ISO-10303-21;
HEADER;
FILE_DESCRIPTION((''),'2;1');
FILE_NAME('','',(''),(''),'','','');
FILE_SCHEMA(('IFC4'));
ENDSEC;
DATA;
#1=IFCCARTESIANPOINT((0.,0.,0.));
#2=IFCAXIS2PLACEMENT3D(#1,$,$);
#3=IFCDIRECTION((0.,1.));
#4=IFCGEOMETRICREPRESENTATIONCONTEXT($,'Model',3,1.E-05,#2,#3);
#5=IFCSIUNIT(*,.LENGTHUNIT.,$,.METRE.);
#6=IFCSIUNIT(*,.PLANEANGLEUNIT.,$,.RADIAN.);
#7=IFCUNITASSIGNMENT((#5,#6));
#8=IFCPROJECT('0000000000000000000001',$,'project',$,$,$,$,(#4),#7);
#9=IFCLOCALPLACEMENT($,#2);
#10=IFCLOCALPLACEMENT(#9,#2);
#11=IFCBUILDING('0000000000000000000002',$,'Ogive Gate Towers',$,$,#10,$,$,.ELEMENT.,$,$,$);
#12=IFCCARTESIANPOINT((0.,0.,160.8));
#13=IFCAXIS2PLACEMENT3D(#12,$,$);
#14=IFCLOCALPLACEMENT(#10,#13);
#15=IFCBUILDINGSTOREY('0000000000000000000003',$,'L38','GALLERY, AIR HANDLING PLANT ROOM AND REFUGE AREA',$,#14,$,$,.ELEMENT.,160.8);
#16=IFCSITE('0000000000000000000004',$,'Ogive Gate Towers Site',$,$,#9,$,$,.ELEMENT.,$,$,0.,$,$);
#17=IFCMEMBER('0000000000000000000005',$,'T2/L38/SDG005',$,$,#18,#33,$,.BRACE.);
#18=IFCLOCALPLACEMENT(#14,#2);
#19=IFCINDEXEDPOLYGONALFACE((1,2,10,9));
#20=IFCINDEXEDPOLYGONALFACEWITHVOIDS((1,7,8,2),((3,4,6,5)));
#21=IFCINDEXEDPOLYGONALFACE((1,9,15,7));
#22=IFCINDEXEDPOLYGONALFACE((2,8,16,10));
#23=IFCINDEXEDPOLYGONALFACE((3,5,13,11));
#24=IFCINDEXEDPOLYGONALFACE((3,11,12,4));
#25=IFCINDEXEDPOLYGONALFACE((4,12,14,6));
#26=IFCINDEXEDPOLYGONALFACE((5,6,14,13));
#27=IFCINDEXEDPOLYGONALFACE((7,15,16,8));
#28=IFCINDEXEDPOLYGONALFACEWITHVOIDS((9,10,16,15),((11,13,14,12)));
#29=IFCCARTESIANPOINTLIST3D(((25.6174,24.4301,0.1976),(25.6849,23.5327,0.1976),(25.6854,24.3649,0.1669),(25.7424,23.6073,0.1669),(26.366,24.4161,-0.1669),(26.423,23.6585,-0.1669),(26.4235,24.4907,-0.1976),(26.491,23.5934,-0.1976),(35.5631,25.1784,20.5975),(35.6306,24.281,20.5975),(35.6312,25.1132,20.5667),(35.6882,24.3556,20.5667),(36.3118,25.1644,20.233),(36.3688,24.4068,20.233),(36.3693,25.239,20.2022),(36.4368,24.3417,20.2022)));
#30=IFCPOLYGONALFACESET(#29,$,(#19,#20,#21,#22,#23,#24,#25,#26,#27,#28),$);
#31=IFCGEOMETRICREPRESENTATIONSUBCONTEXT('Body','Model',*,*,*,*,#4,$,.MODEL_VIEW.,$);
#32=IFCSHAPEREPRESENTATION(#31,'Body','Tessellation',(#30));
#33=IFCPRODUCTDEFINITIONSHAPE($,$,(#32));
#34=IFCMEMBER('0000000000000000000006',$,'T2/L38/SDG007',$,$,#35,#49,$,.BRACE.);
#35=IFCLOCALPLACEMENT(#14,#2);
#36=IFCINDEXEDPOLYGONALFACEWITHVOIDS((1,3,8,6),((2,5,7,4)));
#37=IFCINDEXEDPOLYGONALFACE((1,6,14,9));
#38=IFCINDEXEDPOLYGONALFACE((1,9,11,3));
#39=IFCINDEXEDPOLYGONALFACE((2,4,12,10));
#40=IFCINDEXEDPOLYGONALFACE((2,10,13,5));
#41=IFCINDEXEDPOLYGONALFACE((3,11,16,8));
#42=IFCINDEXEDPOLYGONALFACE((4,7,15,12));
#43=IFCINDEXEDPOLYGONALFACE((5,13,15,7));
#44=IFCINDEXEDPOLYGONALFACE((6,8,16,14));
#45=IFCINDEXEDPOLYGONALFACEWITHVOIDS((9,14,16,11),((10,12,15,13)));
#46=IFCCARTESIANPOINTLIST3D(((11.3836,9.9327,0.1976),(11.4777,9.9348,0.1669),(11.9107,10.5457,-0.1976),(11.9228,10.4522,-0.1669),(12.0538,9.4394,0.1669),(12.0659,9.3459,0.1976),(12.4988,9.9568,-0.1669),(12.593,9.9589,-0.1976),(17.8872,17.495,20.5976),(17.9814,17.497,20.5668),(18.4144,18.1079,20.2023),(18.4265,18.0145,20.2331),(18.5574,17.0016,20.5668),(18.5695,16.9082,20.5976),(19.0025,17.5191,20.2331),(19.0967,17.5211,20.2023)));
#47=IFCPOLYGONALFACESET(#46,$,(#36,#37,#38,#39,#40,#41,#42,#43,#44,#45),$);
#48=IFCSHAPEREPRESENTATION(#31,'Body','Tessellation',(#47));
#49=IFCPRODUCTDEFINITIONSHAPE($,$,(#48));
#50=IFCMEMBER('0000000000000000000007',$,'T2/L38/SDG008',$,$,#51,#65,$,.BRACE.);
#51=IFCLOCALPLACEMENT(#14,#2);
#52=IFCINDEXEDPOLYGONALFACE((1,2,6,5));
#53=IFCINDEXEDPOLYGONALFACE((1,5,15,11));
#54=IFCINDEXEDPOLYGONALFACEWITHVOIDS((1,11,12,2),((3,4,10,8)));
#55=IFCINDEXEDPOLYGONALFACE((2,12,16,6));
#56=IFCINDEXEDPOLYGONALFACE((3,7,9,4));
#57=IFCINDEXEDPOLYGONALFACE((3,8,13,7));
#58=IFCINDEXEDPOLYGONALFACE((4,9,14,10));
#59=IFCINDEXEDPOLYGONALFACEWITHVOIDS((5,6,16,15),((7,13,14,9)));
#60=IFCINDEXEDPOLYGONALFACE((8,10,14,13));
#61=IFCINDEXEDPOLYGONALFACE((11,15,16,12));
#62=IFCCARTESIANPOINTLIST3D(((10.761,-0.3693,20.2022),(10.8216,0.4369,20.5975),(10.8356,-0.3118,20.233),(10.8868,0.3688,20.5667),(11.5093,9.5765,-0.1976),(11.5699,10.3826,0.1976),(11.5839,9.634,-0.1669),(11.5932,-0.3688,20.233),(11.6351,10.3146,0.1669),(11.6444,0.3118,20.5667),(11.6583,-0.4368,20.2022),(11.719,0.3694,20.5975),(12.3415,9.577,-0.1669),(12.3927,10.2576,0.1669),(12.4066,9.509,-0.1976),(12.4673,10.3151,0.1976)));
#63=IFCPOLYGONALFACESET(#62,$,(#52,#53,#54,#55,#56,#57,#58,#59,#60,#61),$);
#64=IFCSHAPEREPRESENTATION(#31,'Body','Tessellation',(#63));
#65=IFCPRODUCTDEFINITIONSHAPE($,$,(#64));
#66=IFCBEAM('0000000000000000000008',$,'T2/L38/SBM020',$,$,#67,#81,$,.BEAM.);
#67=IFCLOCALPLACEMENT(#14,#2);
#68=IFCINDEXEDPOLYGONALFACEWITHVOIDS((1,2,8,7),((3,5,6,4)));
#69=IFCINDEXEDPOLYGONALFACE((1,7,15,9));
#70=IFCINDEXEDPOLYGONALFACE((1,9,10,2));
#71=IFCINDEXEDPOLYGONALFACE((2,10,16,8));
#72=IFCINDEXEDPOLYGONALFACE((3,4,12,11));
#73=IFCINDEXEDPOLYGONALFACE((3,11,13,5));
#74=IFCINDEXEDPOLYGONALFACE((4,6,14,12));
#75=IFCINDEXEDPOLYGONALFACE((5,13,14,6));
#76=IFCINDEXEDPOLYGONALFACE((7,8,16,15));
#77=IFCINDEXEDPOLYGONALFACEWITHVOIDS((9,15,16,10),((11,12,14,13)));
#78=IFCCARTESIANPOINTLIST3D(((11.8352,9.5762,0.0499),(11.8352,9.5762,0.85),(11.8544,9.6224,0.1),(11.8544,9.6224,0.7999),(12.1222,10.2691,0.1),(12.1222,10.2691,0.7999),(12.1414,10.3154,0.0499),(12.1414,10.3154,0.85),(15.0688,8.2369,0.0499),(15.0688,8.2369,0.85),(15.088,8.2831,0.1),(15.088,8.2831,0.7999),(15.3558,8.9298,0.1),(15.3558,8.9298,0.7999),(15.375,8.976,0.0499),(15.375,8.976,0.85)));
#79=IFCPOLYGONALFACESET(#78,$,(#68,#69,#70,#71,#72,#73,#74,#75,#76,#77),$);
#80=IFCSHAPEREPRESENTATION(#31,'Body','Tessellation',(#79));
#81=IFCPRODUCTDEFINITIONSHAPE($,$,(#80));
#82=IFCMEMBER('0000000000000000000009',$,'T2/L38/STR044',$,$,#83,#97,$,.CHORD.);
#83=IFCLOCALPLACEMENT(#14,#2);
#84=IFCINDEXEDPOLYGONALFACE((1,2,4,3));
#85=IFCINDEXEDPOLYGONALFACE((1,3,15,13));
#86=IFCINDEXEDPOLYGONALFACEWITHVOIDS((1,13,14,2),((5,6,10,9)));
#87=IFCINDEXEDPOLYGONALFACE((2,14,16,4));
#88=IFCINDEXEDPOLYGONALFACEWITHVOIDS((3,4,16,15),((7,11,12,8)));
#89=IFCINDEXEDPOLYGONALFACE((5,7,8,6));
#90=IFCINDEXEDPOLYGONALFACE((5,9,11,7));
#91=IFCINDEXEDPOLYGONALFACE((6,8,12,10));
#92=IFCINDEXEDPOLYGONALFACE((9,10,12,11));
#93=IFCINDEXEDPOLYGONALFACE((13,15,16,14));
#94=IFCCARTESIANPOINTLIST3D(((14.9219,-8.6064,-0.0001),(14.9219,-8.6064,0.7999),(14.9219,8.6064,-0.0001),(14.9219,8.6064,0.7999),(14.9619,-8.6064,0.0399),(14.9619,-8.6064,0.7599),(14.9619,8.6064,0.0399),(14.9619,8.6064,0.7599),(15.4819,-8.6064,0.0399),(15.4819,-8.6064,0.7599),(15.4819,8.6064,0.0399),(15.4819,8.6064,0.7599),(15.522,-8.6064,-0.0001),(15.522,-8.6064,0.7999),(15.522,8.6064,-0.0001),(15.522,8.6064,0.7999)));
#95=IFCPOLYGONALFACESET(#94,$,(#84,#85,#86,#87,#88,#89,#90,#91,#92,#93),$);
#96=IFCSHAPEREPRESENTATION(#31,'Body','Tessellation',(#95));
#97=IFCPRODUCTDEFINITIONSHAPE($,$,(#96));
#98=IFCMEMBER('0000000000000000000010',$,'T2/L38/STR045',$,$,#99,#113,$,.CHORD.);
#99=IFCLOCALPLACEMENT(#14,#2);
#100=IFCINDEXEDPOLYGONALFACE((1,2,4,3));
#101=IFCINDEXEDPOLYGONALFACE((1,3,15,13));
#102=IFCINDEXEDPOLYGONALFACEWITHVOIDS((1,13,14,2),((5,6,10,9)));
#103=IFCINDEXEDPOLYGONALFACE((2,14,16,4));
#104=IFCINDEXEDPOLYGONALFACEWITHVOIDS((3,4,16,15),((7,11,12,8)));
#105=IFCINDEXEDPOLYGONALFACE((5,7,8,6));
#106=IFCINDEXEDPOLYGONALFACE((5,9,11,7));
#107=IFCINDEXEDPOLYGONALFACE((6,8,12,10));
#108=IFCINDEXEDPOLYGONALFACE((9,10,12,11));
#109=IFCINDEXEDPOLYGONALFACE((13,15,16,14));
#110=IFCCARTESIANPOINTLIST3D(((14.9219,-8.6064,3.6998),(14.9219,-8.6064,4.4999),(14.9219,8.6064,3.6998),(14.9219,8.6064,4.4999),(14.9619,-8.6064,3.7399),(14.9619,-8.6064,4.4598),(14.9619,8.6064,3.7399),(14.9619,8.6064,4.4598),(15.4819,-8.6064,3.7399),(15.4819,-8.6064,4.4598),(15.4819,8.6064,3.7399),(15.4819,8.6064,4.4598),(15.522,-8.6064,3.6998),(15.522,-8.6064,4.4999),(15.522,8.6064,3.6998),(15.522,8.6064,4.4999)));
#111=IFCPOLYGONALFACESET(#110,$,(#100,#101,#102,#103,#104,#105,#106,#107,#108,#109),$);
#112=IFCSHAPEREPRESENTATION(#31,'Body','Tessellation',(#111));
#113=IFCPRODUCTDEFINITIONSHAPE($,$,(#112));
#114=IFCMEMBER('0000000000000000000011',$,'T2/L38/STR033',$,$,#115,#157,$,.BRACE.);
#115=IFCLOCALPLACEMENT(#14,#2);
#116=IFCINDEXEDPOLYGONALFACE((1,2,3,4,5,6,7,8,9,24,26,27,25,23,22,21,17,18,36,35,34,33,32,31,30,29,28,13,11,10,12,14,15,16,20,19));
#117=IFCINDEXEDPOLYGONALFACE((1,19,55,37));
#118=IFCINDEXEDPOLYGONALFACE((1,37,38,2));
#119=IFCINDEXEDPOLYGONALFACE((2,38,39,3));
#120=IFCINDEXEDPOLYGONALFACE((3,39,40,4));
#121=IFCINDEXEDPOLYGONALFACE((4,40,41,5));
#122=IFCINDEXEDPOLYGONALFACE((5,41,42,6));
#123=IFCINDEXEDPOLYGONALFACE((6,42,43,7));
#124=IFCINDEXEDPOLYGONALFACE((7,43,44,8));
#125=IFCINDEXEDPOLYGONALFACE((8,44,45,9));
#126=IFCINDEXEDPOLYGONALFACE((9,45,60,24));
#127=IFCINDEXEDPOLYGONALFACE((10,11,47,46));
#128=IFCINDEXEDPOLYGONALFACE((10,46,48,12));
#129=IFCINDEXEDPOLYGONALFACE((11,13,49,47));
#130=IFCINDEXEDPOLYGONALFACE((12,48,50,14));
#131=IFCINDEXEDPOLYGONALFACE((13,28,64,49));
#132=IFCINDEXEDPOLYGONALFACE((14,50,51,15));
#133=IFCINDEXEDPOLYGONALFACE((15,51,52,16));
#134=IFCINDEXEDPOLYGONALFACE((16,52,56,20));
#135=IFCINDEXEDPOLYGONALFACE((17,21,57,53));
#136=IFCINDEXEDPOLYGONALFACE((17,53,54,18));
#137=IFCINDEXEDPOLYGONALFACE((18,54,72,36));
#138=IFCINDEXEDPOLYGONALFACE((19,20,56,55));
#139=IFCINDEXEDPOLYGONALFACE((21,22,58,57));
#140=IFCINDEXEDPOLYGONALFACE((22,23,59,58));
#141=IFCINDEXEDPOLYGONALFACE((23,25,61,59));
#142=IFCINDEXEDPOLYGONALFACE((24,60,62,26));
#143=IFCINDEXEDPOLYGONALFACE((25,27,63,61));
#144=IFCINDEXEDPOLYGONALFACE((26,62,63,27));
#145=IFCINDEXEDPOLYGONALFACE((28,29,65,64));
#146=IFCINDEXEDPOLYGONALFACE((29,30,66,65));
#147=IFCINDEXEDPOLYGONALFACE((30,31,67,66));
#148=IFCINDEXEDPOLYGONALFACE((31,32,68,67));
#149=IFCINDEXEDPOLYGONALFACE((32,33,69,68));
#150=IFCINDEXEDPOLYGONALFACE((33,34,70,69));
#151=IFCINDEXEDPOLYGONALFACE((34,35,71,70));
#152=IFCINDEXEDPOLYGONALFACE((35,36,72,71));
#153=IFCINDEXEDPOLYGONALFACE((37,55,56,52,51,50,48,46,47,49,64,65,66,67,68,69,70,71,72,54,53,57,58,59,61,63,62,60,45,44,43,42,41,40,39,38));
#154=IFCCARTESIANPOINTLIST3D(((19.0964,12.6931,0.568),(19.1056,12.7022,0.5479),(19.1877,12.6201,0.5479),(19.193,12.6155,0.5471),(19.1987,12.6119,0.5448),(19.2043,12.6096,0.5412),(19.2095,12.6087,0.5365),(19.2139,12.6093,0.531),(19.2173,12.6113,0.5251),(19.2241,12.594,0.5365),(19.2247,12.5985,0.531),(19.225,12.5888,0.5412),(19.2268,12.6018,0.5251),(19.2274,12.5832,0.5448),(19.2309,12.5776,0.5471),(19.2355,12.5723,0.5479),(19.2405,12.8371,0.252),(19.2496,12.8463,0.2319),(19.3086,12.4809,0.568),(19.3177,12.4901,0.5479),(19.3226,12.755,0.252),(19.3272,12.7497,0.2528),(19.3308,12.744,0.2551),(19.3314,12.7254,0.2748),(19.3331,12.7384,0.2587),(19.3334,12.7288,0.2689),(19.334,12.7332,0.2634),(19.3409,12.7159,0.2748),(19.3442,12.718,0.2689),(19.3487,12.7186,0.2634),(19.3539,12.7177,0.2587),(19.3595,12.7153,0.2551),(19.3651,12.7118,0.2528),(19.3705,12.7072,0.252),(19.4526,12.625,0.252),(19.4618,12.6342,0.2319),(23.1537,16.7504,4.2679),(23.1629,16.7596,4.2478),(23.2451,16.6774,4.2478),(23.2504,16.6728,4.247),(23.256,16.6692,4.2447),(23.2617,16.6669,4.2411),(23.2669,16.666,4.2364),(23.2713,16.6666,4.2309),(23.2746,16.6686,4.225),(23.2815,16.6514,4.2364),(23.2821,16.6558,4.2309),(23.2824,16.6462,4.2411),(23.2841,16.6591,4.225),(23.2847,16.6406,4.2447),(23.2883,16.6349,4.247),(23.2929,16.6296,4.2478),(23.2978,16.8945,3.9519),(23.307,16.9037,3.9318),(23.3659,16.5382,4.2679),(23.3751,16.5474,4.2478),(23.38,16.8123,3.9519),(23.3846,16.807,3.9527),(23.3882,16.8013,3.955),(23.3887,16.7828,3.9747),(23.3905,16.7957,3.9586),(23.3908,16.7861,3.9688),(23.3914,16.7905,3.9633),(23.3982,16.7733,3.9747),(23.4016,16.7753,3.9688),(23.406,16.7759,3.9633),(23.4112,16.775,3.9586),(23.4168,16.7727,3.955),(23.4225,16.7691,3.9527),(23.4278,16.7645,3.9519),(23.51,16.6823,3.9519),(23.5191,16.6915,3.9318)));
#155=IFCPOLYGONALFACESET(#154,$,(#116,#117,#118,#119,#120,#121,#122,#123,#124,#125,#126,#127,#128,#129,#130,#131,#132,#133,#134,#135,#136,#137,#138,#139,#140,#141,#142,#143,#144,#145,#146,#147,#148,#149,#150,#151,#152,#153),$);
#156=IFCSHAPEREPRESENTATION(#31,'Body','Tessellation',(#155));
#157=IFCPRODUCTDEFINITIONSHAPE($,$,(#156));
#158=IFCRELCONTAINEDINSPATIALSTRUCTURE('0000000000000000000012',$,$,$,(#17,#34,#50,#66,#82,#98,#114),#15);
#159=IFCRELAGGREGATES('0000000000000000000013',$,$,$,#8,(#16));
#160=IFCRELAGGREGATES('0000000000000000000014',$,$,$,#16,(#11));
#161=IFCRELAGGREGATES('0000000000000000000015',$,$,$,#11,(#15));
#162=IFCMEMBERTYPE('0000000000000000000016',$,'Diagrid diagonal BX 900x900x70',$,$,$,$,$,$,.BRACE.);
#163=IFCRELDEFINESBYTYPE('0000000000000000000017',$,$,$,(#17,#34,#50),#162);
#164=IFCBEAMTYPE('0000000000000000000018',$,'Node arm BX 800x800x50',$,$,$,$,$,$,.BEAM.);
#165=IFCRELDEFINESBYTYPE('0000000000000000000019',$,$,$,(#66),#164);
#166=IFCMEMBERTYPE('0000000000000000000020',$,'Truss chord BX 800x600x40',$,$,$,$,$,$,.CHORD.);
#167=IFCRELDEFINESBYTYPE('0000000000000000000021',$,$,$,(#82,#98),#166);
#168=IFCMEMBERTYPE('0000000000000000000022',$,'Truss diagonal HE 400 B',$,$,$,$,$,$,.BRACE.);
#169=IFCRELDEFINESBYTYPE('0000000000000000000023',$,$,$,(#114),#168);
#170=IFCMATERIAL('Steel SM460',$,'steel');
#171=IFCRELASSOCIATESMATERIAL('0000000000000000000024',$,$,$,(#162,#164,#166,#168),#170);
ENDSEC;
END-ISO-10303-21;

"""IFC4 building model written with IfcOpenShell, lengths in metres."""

from ifc_helpers import new_model, si_unit, direction, frame, origin, origin_2d, place, context, subcontext, project, spatial, hollow_rectangle, i_section, extrude, material, material_profile, profile_set, type_object, element, save


model = new_model("IFC4")

# Units and contexts
model_context = context("Model", 3, precision=1e-05, world=origin(), true_north=direction((0.0, 1.0)))
body_context = subcontext(model_context, "Body", "Model", "MODEL_VIEW")
ifc_project = project(units=[si_unit("LENGTHUNIT", "METRE"), si_unit("PLANEANGLEUNIT", "RADIAN")], contexts=[model_context])

# Site, building, storey
site_placement = place(None, origin())
site = spatial("IfcSite", under=ifc_project, at=site_placement, Name="Ogive Gate Towers Site", CompositionType="ELEMENT", RefElevation=0.0)
building_placement = place(site_placement, origin())
building = spatial("IfcBuilding", under=site, at=building_placement, Name="Ogive Gate Towers", CompositionType="ELEMENT")
storey_placement = place(building_placement, frame((0.0, 0.0, 160.8)))
storey = spatial("IfcBuildingStorey", under=building, at=storey_placement, Name="L38", Description="GALLERY, AIR HANDLING PLANT ROOM AND REFUGE AREA", CompositionType="ELEMENT", Elevation=160.8)

# Members
ifc_material_1 = material(Name="Steel SM460", Category="steel")
ifc_material_profile_1 = material_profile(ifc_material_1, hollow_rectangle(XDim=0.8999, YDim=0.8999, WallThickness=0.0701, at=origin_2d()), Name="BX 900x900x70")
ifc_profile_set_1 = profile_set([ifc_material_profile_1], Name="Steel SM460")
member_type_1 = type_object("IfcMemberType", Name="Diagrid diagonal BX 900x900x70", PredefinedType="BRACE", material=ifc_profile_set_1)
member_1_placement = place(storey_placement, frame((26.0542, 24.0117, 0.0), z_axis=(0.437994, 0.032953, 0.898374), x_axis=(-0.075025, 0.997182, 0.0)))
element("IfcMember", 1, at=member_1_placement, inside=storey, type_object=member_type_1, Name="T2/L38/SDG005", PredefinedType="BRACE", context=body_context, shape_type="SweptSolid", body=[
    extrude(hollow_rectangle(XDim=0.8999, YDim=0.8999, WallThickness=0.0701, at=origin_2d()), origin(), (0.0, 0.0, 1.0), 22.7075),
])
member_2_placement = place(storey_placement, frame((11.9883, 9.9458, 0.0), z_axis=(0.286407, 0.333026, 0.898368), x_axis=(-0.758179, 0.652046, 0.0)))
element("IfcMember", 2, at=member_2_placement, inside=storey, type_object=member_type_1, Name="T2/L38/SDG007", PredefinedType="BRACE", context=body_context, shape_type="SweptSolid", body=[
    extrude(hollow_rectangle(XDim=0.8999, YDim=0.8999, WallThickness=0.0701, at=origin_2d()), origin(), (0.0, 0.0, 1.0), 22.7078),
])
member_3_placement = place(storey_placement, frame((11.9883, 9.9458, 0.0), z_axis=(-0.032953, -0.437994, 0.898374), x_axis=(0.997182, -0.075025, 0.0)))
element("IfcMember", 3, at=member_3_placement, inside=storey, type_object=member_type_1, Name="T2/L38/SDG008", PredefinedType="BRACE", context=body_context, shape_type="SweptSolid", body=[
    extrude(hollow_rectangle(XDim=0.8999, YDim=0.8999, WallThickness=0.0701, at=origin_2d()), origin(), (0.0, 0.0, 1.0), 22.7075),
])

# Beam
ifc_material_profile_2 = material_profile(ifc_material_1, hollow_rectangle(XDim=0.8, YDim=0.8, WallThickness=0.05, at=origin_2d()), Name="BX 800x800x50")
ifc_profile_set_2 = profile_set([ifc_material_profile_2], Name="Steel SM460")
beam_type = type_object("IfcBeamType", Name="Node arm BX 800x800x50", PredefinedType="BEAM", material=ifc_profile_set_2)
beam_placement = place(storey_placement, frame((15.2219, 8.6064, 0.45), z_axis=(-0.923886, 0.382668, 0.0), x_axis=(-0.382668, -0.923886, 0.0)))
element("IfcBeam", 4, at=beam_placement, inside=storey, type_object=beam_type, Name="T2/L38/SBM020", PredefinedType="BEAM", context=body_context, shape_type="SweptSolid", body=[
    extrude(hollow_rectangle(XDim=0.8, YDim=0.8, WallThickness=0.05, at=origin_2d()), origin(), (0.0, 0.0, 1.0), 3.5),
])

# Members
ifc_material_profile_3 = material_profile(ifc_material_1, hollow_rectangle(XDim=0.6001, YDim=0.8, WallThickness=0.04, at=origin_2d()), Name="BX 800x600x40")
ifc_profile_set_3 = profile_set([ifc_material_profile_3], Name="Steel SM460")
member_type_2 = type_object("IfcMemberType", Name="Truss chord BX 800x600x40", PredefinedType="CHORD", material=ifc_profile_set_3)
for number, where, z_axis, x_axis, name in (
    (5, (15.2219, 8.6064, 0.3999), (0.0, -1.0, 0.0), (1.0, 0.0, 0.0), "T2/L38/STR044"),
    (6, (15.2219, 8.6064, 4.0999), (0.0, -1.0, 0.0), (1.0, 0.0, 0.0), "T2/L38/STR045"),
):
    element("IfcMember", number, at=place(storey_placement, frame(where, z_axis=z_axis, x_axis=x_axis)), inside=storey, type_object=member_type_2, Name=name, PredefinedType="CHORD", context=body_context, shape_type="SweptSolid", body=[
        extrude(hollow_rectangle(XDim=0.6001, YDim=0.8, WallThickness=0.04, at=origin_2d()), origin(), (0.0, 0.0, 1.0), 17.2129),
    ])
ifc_material_profile_4 = material_profile(ifc_material_1, i_section(OverallWidth=0.3, OverallDepth=0.3999, WebThickness=0.0134, FlangeThickness=0.0239, FilletRadius=0.0271, at=origin_2d()), Name="HE 400 B")
ifc_profile_set_4 = profile_set([ifc_material_profile_4], Name="Steel SM460")
member_type_3 = type_object("IfcMemberType", Name="Truss diagonal HE 400 B", PredefinedType="BRACE", material=ifc_profile_set_4)
member_4_placement = place(storey_placement, frame((23.3364, 16.7209, 4.0999), z_axis=(-0.594273, -0.594273, -0.541922), x_axis=(0.707107, -0.707107, 0.0)))
element("IfcMember", 7, at=member_4_placement, inside=storey, type_object=member_type_3, Name="T2/L38/STR033", PredefinedType="BRACE", context=body_context, shape_type="SweptSolid", body=[
    extrude(i_section(OverallWidth=0.3, OverallDepth=0.3999, WebThickness=0.0134, FlangeThickness=0.0239, FilletRadius=0.0271, at=origin_2d()), origin(), (0.0, 0.0, 1.0), 6.8274),
])

save(model, "model.ifc")
